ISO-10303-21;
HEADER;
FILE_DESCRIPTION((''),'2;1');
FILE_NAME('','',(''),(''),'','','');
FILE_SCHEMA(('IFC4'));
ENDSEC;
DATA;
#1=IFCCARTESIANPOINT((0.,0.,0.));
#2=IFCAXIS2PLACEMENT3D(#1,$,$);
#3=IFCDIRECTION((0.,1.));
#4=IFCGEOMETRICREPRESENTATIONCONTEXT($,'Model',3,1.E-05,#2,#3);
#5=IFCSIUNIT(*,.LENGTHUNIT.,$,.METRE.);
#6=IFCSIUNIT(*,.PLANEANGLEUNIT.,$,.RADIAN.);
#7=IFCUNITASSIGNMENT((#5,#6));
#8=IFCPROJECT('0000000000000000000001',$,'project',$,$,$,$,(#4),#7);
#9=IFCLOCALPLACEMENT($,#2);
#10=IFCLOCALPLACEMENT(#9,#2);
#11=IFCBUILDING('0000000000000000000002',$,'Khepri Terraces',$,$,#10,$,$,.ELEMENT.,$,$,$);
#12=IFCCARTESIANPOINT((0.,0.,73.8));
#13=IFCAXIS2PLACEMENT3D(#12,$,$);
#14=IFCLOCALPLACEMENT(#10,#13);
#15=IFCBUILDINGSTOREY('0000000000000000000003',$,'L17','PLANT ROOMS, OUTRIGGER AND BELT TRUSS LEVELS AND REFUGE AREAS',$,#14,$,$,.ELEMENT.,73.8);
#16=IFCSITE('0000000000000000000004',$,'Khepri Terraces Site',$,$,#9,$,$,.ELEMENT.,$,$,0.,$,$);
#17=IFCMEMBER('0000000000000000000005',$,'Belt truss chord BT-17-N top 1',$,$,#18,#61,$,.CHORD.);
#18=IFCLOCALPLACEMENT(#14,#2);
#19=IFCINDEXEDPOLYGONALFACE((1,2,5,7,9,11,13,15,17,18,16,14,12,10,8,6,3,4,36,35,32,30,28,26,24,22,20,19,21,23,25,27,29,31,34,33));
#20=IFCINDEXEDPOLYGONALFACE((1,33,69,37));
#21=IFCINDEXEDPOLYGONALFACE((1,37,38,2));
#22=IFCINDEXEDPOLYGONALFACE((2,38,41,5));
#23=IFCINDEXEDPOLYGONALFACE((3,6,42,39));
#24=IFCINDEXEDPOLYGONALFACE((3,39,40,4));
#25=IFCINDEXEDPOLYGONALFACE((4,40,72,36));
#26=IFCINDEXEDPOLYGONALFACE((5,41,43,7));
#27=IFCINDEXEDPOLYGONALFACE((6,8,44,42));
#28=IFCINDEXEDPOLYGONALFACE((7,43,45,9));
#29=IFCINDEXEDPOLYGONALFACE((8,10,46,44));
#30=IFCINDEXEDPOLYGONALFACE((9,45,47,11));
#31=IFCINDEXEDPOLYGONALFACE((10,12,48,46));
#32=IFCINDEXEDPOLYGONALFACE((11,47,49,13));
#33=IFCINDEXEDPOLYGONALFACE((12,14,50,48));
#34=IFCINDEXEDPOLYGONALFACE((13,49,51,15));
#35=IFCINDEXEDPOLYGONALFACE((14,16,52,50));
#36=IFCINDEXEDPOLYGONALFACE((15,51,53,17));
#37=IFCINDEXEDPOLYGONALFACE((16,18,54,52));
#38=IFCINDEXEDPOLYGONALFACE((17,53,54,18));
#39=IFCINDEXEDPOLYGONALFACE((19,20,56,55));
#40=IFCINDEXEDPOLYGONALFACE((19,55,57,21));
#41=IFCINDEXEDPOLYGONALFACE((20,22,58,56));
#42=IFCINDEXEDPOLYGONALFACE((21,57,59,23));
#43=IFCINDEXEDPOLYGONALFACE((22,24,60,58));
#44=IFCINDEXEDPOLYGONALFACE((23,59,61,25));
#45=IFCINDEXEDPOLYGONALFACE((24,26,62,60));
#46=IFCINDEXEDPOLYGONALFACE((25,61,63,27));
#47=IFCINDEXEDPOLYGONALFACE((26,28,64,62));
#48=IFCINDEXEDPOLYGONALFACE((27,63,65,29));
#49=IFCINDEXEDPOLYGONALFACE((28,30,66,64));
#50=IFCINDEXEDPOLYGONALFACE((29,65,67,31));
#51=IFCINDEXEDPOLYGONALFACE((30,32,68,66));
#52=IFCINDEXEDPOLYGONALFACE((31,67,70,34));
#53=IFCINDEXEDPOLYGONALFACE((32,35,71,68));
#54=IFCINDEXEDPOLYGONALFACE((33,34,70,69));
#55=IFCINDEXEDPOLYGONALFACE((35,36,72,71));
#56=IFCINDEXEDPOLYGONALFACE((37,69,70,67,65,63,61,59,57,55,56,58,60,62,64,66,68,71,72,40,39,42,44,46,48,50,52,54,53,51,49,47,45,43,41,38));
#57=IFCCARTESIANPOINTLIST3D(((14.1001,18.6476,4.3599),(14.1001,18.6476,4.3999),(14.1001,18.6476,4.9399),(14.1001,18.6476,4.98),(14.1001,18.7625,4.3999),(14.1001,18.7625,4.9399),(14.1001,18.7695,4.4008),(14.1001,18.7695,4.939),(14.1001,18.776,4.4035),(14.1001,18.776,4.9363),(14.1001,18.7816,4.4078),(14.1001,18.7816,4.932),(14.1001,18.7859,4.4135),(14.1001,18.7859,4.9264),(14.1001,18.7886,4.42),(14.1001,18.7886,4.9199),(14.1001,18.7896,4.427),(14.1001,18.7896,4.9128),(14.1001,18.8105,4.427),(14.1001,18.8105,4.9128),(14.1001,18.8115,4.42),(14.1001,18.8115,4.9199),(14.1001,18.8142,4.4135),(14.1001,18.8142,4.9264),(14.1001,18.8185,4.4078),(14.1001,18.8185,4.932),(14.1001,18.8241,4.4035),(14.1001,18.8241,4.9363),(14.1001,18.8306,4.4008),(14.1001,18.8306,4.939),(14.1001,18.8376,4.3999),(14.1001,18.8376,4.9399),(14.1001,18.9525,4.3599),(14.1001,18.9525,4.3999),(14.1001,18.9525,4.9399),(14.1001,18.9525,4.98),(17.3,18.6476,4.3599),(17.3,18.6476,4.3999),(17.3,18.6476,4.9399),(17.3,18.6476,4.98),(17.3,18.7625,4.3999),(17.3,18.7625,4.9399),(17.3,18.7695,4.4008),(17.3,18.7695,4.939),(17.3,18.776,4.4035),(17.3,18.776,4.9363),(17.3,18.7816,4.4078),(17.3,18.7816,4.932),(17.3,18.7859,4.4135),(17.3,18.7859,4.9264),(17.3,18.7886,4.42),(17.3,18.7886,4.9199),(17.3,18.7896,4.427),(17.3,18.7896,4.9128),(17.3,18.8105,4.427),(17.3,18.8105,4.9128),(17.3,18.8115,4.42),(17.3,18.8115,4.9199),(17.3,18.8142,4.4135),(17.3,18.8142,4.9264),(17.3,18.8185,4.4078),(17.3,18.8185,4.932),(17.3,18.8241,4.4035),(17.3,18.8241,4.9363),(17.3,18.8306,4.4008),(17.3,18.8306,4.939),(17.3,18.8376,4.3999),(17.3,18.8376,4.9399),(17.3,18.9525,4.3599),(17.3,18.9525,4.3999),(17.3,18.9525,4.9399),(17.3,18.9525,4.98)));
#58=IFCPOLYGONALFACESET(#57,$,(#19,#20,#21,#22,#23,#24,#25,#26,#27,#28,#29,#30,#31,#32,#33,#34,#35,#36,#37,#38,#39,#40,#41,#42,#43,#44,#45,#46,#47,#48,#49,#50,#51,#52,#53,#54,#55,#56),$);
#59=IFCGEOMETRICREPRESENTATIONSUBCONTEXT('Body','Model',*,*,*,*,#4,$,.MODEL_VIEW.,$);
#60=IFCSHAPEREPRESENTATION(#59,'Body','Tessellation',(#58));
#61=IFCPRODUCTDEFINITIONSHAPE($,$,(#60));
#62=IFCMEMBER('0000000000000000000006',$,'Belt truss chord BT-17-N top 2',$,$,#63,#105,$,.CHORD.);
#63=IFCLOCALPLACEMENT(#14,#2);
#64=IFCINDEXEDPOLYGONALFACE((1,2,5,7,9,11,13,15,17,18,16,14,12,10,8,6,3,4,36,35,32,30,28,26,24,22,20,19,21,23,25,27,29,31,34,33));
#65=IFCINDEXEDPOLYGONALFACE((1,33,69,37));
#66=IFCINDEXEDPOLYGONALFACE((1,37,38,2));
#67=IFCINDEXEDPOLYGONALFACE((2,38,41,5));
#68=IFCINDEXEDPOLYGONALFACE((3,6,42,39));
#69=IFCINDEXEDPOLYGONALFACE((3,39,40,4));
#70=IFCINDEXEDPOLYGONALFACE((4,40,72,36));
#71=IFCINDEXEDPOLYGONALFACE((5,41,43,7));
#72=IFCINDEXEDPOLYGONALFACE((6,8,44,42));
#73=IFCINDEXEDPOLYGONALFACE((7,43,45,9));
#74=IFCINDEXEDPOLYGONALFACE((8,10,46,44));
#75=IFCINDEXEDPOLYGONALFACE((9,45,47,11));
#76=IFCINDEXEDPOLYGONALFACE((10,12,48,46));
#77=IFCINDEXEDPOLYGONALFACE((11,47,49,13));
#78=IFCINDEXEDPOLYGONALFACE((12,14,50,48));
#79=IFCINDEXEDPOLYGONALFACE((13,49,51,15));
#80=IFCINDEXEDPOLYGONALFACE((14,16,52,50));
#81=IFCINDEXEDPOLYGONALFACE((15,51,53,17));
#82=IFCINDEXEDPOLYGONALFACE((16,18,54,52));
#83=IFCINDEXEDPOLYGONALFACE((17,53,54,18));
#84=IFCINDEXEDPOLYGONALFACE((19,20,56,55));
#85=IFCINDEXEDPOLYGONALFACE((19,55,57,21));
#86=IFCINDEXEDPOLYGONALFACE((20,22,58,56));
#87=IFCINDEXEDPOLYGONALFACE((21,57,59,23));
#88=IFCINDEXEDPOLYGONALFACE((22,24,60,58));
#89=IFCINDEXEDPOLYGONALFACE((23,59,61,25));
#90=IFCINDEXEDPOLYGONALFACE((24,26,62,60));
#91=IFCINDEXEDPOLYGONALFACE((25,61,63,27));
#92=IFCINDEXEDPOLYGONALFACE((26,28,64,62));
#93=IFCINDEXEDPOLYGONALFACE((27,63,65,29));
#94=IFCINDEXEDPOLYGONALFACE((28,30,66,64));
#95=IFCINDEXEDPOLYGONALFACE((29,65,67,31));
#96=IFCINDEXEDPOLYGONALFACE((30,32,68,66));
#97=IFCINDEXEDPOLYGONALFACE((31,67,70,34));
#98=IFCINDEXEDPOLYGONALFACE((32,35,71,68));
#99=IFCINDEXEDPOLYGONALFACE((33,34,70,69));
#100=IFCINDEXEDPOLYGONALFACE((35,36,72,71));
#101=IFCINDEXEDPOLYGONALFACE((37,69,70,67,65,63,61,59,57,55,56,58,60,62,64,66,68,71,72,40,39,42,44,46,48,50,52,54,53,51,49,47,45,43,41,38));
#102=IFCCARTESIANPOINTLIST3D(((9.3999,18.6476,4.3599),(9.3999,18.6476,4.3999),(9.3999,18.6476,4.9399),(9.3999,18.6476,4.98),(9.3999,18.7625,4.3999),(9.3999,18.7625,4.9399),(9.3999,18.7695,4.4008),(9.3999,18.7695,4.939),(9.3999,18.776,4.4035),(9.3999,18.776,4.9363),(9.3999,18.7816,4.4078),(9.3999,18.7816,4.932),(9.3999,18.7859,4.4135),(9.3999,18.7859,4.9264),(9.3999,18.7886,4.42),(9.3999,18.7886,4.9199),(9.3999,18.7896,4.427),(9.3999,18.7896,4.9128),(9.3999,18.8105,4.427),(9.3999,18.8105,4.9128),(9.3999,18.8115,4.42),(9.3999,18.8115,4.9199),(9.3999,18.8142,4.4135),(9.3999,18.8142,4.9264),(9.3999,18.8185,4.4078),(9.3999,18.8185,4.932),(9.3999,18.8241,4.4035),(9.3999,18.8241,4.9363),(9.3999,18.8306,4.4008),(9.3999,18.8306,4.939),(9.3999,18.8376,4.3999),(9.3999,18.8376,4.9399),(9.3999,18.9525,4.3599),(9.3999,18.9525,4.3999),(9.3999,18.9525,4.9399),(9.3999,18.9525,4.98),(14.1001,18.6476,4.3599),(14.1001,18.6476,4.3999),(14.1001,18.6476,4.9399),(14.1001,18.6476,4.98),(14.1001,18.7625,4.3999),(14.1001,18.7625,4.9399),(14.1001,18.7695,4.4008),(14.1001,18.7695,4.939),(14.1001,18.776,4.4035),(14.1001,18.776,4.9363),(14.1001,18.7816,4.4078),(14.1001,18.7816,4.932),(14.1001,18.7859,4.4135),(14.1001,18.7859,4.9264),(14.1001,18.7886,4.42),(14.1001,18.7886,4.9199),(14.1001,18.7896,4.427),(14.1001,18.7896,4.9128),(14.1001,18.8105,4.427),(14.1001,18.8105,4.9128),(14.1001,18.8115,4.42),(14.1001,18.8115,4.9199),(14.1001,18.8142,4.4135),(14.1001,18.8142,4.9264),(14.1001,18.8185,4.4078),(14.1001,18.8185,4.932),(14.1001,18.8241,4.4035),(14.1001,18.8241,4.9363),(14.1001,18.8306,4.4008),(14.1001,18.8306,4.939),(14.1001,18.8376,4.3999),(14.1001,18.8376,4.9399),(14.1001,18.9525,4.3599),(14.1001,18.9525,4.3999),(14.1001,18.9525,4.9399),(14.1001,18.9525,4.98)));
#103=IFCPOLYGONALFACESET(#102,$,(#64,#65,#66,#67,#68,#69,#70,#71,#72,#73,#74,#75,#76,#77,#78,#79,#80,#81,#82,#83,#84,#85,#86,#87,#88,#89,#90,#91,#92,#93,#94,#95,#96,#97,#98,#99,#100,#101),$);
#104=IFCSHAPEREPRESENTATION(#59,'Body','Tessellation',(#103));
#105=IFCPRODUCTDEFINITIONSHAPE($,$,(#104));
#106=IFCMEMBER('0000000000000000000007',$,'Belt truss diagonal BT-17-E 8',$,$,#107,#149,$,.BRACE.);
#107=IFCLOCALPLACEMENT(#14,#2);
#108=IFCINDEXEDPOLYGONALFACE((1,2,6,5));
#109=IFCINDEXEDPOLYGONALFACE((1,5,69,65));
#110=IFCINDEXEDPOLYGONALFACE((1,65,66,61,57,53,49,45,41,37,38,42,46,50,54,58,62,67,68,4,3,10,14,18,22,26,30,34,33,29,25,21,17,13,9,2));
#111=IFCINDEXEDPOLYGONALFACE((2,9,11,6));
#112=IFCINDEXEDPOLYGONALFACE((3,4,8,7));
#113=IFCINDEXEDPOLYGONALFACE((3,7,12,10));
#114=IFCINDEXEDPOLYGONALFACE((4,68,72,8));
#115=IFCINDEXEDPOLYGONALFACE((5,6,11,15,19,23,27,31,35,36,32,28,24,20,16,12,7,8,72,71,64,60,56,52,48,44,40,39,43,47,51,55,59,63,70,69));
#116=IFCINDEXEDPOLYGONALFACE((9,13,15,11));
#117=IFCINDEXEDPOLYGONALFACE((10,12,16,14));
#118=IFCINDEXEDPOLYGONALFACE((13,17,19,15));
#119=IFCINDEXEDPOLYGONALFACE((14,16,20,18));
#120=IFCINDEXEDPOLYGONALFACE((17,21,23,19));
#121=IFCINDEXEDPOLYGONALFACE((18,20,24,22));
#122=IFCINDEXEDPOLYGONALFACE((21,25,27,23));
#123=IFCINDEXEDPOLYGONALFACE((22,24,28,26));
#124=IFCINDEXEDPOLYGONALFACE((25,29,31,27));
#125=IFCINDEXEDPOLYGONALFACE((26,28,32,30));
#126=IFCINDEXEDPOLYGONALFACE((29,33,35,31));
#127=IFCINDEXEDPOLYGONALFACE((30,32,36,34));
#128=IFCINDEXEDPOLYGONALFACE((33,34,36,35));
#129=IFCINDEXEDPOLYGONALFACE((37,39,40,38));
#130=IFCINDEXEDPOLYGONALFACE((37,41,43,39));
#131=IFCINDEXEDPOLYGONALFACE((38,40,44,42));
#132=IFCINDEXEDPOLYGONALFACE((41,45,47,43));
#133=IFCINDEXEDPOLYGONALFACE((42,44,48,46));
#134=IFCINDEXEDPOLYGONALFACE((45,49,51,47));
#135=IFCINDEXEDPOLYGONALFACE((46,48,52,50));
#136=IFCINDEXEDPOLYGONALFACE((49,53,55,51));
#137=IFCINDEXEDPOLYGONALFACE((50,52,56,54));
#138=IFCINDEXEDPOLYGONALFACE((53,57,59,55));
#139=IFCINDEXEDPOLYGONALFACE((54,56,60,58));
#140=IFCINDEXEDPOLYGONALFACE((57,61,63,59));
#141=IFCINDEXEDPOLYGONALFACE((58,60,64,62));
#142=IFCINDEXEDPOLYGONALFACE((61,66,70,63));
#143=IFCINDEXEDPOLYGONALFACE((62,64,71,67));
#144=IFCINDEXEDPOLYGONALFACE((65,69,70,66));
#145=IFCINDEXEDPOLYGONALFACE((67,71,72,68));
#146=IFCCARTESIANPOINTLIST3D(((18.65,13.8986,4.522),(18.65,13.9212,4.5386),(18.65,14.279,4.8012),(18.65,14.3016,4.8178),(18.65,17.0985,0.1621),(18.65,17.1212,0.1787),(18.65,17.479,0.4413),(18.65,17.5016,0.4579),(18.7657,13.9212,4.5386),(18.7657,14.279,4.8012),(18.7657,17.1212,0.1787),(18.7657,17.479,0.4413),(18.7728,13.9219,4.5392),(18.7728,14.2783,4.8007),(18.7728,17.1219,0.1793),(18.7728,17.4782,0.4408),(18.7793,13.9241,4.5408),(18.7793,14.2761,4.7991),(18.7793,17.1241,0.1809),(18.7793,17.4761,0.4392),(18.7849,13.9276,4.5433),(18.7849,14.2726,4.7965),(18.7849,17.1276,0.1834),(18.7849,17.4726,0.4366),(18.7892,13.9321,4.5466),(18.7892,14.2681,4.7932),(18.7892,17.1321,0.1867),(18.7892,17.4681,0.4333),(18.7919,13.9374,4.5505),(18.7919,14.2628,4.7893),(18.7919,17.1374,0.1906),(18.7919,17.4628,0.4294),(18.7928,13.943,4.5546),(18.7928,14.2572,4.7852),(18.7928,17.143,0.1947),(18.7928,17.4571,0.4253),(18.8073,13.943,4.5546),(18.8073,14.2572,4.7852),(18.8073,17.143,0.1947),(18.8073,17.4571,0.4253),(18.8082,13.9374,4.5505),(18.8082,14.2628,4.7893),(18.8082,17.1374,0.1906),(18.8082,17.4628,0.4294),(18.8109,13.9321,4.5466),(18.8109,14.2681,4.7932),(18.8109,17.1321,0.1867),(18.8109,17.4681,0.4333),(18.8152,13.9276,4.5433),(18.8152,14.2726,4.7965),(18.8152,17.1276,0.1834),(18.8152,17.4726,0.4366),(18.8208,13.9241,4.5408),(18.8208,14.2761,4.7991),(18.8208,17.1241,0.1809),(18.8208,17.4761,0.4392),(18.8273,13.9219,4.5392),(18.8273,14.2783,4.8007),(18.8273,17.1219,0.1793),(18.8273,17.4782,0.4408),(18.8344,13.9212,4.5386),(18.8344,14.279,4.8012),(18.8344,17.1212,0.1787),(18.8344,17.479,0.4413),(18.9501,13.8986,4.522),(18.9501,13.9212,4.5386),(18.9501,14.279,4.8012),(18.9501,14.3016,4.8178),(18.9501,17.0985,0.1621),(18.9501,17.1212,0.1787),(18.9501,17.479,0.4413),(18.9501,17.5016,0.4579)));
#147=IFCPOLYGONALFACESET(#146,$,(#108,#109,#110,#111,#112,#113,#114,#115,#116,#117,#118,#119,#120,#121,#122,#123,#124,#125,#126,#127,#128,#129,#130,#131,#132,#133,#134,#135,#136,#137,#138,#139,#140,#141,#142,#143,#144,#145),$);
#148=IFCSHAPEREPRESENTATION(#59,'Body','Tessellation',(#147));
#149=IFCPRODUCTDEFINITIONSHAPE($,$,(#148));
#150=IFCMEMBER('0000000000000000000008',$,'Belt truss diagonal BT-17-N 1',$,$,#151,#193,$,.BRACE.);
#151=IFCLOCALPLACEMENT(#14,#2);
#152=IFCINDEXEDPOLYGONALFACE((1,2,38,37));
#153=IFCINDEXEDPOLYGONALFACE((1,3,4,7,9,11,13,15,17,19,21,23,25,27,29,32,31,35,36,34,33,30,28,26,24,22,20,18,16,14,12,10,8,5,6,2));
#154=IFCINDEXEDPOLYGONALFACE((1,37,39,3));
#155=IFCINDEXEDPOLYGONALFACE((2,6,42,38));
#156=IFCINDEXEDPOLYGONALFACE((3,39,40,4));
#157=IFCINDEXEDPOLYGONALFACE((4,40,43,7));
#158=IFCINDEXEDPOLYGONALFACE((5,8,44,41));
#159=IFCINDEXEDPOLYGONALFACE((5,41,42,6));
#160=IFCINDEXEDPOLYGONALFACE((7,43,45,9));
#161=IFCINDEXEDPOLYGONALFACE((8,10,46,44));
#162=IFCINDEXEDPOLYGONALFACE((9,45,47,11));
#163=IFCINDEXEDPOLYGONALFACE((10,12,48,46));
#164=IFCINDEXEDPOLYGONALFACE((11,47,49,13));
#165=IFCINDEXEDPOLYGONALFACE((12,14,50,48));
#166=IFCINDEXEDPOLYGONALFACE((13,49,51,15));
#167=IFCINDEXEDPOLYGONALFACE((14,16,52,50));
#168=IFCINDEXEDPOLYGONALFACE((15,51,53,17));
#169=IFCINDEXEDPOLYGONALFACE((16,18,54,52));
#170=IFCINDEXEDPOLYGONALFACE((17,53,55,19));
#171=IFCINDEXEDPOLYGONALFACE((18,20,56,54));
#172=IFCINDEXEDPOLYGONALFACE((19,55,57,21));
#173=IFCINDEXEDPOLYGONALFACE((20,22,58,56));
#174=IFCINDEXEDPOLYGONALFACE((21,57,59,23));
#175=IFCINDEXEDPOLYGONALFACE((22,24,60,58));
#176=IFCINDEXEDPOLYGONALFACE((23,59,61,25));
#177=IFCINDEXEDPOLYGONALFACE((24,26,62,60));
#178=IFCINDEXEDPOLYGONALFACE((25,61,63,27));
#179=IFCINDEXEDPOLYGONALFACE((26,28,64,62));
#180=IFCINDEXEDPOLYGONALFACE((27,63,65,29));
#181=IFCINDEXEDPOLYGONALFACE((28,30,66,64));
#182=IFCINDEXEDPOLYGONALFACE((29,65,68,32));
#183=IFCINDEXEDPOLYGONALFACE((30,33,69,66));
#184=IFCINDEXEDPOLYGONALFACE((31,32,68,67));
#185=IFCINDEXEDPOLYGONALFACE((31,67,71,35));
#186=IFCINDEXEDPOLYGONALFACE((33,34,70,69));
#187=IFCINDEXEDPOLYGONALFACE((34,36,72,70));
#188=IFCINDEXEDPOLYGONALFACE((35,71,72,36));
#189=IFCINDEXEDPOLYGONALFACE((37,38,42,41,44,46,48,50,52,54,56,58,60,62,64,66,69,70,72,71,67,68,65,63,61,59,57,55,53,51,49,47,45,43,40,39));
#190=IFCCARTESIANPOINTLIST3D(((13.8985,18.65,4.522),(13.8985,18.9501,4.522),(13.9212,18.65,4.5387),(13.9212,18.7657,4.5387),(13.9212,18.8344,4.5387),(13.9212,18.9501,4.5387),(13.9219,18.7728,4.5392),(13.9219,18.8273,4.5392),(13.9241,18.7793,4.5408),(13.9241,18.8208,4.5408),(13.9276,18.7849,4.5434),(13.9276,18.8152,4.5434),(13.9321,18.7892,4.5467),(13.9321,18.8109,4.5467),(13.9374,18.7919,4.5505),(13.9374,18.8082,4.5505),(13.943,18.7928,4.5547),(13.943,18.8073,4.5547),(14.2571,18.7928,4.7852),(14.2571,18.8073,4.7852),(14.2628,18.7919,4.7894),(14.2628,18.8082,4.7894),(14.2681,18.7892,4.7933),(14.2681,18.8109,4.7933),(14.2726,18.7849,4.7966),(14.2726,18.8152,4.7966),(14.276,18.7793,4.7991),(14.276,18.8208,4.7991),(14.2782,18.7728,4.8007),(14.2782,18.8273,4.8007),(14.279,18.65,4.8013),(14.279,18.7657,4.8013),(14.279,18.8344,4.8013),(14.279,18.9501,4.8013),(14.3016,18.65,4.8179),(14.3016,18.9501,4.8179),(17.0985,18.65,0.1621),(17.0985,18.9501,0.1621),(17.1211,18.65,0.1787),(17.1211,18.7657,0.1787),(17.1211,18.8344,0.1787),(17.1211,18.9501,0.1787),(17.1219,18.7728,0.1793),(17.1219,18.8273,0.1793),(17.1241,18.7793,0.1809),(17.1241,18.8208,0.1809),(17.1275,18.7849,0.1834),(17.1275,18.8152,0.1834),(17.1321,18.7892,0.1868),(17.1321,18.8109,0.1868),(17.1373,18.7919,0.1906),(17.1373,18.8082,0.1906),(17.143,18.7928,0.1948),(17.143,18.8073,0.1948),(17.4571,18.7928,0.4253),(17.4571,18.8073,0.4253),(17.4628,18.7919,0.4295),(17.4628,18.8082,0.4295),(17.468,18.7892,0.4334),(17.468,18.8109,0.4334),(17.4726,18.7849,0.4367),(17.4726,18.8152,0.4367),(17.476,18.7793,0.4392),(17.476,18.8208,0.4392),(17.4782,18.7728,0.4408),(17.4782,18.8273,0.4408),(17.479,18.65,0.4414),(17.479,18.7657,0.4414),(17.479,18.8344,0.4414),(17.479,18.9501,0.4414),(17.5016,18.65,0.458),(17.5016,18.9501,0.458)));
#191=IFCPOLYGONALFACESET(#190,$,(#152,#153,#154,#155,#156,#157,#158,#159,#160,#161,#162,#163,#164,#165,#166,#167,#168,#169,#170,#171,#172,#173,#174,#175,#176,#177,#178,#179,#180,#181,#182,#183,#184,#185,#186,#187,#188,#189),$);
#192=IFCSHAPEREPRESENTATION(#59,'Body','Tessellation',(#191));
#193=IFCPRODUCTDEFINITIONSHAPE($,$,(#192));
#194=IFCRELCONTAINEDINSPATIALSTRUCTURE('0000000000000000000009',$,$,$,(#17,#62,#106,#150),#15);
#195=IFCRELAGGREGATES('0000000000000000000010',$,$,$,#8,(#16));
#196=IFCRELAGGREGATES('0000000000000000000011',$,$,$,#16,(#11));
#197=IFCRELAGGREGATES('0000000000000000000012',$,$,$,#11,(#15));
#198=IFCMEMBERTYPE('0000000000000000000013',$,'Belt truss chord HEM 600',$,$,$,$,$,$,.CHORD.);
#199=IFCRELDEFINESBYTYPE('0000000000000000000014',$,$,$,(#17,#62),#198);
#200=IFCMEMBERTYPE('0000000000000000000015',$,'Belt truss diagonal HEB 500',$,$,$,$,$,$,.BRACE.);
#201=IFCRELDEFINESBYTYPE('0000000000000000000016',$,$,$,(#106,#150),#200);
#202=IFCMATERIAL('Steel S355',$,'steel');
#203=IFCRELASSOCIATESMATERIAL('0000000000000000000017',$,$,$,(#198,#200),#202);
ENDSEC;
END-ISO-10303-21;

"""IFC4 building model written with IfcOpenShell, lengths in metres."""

from ifc_helpers import new_model, si_unit, direction, frame, origin, origin_2d, place, context, subcontext, project, spatial, i_section, extrude, material, material_profile, profile_set, type_object, element, save


model = new_model("IFC4")

# Units and contexts
model_context = context("Model", 3, precision=1e-05, world=origin(), true_north=direction((0.0, 1.0)))
body_context = subcontext(model_context, "Body", "Model", "MODEL_VIEW")
ifc_project = project(units=[si_unit("LENGTHUNIT", "METRE"), si_unit("PLANEANGLEUNIT", "RADIAN")], contexts=[model_context])

# Site, building, storey
site_placement = place(None, origin())
site = spatial("IfcSite", under=ifc_project, at=site_placement, Name="Khepri Terraces Site", CompositionType="ELEMENT", RefElevation=0.0)
building_placement = place(site_placement, origin())
building = spatial("IfcBuilding", under=site, at=building_placement, Name="Khepri Terraces", CompositionType="ELEMENT")
storey_placement = place(building_placement, frame((0.0, 0.0, 73.8)))
storey = spatial("IfcBuildingStorey", under=building, at=storey_placement, Name="L17", Description="PLANT ROOMS, OUTRIGGER AND BELT TRUSS LEVELS AND REFUGE AREAS", CompositionType="ELEMENT", Elevation=73.8)

# Members
ifc_material_1 = material(Name="Steel S355", Category="steel")
ifc_material_profile_1 = material_profile(ifc_material_1, i_section(OverallWidth=0.3049, OverallDepth=0.6201, WebThickness=0.021, FlangeThickness=0.04, FilletRadius=0.0271, at=origin_2d()), Name="Steel S355", Category="steel")
ifc_profile_set_1 = profile_set([ifc_material_profile_1], Name="Steel S355")
member_type_1 = type_object("IfcMemberType", Name="Belt truss chord HEM 600", PredefinedType="CHORD", material=ifc_profile_set_1)
for number, where, z_axis, x_axis, name in (
    (1, (17.3, 18.8, 4.6699), (-1.0, 0.0, 0.0), (0.0, -1.0, 0.0), "Belt truss chord BT-17-N top 1"),
):
    element("IfcMember", number, at=place(storey_placement, frame(where, z_axis=z_axis, x_axis=x_axis)), inside=storey, type_object=member_type_1, Name=name, PredefinedType="CHORD", context=body_context, shape_type="SweptSolid", body=[
        extrude(i_section(OverallWidth=0.3049, OverallDepth=0.6201, WebThickness=0.021, FlangeThickness=0.04, FilletRadius=0.0271, at=origin_2d()), origin(), (0.0, 0.0, 1.0), 3.2),
    ])
member_1_placement = place(storey_placement, frame((14.1001, 18.8, 4.6699), z_axis=(-1.0, 0.0, 0.0), x_axis=(0.0, -1.0, 0.0)))
element("IfcMember", 2, at=member_1_placement, inside=storey, type_object=member_type_1, Name="Belt truss chord BT-17-N top 2", PredefinedType="CHORD", context=body_context, shape_type="SweptSolid", body=[
    extrude(i_section(OverallWidth=0.3049, OverallDepth=0.6201, WebThickness=0.021, FlangeThickness=0.04, FilletRadius=0.0271, at=origin_2d()), origin(), (0.0, 0.0, 1.0), 4.7002),
])
ifc_material_profile_2 = material_profile(ifc_material_1, i_section(OverallWidth=0.3, OverallDepth=0.5, WebThickness=0.0144, FlangeThickness=0.0281, FilletRadius=0.0271, at=origin_2d()), Name="Steel S355", Category="steel")
ifc_profile_set_2 = profile_set([ifc_material_profile_2], Name="Steel S355")
member_type_2 = type_object("IfcMemberType", Name="Belt truss diagonal HEB 500", PredefinedType="BRACE", material=ifc_profile_set_2)
for number, where, z_axis, x_axis, name in (
    (3, (18.8, 14.1001, 4.6699), (0.0, 0.59169, -0.806165), (-1.0, 0.0, 0.0), "Belt truss diagonal BT-17-E 8"),
    (4, (17.3, 18.8, 0.3101), (-0.59169, 0.0, 0.806165), (0.0, -1.0, 0.0), "Belt truss diagonal BT-17-N 1"),
):
    element("IfcMember", number, at=place(storey_placement, frame(where, z_axis=z_axis, x_axis=x_axis)), inside=storey, type_object=member_type_2, Name=name, PredefinedType="BRACE", context=body_context, shape_type="SweptSolid", body=[
        extrude(i_section(OverallWidth=0.3, OverallDepth=0.5, WebThickness=0.0144, FlangeThickness=0.0281, FilletRadius=0.0271, at=origin_2d()), origin(), (0.0, 0.0, 1.0), 5.4082),
    ])

save(model, "model.ifc")
